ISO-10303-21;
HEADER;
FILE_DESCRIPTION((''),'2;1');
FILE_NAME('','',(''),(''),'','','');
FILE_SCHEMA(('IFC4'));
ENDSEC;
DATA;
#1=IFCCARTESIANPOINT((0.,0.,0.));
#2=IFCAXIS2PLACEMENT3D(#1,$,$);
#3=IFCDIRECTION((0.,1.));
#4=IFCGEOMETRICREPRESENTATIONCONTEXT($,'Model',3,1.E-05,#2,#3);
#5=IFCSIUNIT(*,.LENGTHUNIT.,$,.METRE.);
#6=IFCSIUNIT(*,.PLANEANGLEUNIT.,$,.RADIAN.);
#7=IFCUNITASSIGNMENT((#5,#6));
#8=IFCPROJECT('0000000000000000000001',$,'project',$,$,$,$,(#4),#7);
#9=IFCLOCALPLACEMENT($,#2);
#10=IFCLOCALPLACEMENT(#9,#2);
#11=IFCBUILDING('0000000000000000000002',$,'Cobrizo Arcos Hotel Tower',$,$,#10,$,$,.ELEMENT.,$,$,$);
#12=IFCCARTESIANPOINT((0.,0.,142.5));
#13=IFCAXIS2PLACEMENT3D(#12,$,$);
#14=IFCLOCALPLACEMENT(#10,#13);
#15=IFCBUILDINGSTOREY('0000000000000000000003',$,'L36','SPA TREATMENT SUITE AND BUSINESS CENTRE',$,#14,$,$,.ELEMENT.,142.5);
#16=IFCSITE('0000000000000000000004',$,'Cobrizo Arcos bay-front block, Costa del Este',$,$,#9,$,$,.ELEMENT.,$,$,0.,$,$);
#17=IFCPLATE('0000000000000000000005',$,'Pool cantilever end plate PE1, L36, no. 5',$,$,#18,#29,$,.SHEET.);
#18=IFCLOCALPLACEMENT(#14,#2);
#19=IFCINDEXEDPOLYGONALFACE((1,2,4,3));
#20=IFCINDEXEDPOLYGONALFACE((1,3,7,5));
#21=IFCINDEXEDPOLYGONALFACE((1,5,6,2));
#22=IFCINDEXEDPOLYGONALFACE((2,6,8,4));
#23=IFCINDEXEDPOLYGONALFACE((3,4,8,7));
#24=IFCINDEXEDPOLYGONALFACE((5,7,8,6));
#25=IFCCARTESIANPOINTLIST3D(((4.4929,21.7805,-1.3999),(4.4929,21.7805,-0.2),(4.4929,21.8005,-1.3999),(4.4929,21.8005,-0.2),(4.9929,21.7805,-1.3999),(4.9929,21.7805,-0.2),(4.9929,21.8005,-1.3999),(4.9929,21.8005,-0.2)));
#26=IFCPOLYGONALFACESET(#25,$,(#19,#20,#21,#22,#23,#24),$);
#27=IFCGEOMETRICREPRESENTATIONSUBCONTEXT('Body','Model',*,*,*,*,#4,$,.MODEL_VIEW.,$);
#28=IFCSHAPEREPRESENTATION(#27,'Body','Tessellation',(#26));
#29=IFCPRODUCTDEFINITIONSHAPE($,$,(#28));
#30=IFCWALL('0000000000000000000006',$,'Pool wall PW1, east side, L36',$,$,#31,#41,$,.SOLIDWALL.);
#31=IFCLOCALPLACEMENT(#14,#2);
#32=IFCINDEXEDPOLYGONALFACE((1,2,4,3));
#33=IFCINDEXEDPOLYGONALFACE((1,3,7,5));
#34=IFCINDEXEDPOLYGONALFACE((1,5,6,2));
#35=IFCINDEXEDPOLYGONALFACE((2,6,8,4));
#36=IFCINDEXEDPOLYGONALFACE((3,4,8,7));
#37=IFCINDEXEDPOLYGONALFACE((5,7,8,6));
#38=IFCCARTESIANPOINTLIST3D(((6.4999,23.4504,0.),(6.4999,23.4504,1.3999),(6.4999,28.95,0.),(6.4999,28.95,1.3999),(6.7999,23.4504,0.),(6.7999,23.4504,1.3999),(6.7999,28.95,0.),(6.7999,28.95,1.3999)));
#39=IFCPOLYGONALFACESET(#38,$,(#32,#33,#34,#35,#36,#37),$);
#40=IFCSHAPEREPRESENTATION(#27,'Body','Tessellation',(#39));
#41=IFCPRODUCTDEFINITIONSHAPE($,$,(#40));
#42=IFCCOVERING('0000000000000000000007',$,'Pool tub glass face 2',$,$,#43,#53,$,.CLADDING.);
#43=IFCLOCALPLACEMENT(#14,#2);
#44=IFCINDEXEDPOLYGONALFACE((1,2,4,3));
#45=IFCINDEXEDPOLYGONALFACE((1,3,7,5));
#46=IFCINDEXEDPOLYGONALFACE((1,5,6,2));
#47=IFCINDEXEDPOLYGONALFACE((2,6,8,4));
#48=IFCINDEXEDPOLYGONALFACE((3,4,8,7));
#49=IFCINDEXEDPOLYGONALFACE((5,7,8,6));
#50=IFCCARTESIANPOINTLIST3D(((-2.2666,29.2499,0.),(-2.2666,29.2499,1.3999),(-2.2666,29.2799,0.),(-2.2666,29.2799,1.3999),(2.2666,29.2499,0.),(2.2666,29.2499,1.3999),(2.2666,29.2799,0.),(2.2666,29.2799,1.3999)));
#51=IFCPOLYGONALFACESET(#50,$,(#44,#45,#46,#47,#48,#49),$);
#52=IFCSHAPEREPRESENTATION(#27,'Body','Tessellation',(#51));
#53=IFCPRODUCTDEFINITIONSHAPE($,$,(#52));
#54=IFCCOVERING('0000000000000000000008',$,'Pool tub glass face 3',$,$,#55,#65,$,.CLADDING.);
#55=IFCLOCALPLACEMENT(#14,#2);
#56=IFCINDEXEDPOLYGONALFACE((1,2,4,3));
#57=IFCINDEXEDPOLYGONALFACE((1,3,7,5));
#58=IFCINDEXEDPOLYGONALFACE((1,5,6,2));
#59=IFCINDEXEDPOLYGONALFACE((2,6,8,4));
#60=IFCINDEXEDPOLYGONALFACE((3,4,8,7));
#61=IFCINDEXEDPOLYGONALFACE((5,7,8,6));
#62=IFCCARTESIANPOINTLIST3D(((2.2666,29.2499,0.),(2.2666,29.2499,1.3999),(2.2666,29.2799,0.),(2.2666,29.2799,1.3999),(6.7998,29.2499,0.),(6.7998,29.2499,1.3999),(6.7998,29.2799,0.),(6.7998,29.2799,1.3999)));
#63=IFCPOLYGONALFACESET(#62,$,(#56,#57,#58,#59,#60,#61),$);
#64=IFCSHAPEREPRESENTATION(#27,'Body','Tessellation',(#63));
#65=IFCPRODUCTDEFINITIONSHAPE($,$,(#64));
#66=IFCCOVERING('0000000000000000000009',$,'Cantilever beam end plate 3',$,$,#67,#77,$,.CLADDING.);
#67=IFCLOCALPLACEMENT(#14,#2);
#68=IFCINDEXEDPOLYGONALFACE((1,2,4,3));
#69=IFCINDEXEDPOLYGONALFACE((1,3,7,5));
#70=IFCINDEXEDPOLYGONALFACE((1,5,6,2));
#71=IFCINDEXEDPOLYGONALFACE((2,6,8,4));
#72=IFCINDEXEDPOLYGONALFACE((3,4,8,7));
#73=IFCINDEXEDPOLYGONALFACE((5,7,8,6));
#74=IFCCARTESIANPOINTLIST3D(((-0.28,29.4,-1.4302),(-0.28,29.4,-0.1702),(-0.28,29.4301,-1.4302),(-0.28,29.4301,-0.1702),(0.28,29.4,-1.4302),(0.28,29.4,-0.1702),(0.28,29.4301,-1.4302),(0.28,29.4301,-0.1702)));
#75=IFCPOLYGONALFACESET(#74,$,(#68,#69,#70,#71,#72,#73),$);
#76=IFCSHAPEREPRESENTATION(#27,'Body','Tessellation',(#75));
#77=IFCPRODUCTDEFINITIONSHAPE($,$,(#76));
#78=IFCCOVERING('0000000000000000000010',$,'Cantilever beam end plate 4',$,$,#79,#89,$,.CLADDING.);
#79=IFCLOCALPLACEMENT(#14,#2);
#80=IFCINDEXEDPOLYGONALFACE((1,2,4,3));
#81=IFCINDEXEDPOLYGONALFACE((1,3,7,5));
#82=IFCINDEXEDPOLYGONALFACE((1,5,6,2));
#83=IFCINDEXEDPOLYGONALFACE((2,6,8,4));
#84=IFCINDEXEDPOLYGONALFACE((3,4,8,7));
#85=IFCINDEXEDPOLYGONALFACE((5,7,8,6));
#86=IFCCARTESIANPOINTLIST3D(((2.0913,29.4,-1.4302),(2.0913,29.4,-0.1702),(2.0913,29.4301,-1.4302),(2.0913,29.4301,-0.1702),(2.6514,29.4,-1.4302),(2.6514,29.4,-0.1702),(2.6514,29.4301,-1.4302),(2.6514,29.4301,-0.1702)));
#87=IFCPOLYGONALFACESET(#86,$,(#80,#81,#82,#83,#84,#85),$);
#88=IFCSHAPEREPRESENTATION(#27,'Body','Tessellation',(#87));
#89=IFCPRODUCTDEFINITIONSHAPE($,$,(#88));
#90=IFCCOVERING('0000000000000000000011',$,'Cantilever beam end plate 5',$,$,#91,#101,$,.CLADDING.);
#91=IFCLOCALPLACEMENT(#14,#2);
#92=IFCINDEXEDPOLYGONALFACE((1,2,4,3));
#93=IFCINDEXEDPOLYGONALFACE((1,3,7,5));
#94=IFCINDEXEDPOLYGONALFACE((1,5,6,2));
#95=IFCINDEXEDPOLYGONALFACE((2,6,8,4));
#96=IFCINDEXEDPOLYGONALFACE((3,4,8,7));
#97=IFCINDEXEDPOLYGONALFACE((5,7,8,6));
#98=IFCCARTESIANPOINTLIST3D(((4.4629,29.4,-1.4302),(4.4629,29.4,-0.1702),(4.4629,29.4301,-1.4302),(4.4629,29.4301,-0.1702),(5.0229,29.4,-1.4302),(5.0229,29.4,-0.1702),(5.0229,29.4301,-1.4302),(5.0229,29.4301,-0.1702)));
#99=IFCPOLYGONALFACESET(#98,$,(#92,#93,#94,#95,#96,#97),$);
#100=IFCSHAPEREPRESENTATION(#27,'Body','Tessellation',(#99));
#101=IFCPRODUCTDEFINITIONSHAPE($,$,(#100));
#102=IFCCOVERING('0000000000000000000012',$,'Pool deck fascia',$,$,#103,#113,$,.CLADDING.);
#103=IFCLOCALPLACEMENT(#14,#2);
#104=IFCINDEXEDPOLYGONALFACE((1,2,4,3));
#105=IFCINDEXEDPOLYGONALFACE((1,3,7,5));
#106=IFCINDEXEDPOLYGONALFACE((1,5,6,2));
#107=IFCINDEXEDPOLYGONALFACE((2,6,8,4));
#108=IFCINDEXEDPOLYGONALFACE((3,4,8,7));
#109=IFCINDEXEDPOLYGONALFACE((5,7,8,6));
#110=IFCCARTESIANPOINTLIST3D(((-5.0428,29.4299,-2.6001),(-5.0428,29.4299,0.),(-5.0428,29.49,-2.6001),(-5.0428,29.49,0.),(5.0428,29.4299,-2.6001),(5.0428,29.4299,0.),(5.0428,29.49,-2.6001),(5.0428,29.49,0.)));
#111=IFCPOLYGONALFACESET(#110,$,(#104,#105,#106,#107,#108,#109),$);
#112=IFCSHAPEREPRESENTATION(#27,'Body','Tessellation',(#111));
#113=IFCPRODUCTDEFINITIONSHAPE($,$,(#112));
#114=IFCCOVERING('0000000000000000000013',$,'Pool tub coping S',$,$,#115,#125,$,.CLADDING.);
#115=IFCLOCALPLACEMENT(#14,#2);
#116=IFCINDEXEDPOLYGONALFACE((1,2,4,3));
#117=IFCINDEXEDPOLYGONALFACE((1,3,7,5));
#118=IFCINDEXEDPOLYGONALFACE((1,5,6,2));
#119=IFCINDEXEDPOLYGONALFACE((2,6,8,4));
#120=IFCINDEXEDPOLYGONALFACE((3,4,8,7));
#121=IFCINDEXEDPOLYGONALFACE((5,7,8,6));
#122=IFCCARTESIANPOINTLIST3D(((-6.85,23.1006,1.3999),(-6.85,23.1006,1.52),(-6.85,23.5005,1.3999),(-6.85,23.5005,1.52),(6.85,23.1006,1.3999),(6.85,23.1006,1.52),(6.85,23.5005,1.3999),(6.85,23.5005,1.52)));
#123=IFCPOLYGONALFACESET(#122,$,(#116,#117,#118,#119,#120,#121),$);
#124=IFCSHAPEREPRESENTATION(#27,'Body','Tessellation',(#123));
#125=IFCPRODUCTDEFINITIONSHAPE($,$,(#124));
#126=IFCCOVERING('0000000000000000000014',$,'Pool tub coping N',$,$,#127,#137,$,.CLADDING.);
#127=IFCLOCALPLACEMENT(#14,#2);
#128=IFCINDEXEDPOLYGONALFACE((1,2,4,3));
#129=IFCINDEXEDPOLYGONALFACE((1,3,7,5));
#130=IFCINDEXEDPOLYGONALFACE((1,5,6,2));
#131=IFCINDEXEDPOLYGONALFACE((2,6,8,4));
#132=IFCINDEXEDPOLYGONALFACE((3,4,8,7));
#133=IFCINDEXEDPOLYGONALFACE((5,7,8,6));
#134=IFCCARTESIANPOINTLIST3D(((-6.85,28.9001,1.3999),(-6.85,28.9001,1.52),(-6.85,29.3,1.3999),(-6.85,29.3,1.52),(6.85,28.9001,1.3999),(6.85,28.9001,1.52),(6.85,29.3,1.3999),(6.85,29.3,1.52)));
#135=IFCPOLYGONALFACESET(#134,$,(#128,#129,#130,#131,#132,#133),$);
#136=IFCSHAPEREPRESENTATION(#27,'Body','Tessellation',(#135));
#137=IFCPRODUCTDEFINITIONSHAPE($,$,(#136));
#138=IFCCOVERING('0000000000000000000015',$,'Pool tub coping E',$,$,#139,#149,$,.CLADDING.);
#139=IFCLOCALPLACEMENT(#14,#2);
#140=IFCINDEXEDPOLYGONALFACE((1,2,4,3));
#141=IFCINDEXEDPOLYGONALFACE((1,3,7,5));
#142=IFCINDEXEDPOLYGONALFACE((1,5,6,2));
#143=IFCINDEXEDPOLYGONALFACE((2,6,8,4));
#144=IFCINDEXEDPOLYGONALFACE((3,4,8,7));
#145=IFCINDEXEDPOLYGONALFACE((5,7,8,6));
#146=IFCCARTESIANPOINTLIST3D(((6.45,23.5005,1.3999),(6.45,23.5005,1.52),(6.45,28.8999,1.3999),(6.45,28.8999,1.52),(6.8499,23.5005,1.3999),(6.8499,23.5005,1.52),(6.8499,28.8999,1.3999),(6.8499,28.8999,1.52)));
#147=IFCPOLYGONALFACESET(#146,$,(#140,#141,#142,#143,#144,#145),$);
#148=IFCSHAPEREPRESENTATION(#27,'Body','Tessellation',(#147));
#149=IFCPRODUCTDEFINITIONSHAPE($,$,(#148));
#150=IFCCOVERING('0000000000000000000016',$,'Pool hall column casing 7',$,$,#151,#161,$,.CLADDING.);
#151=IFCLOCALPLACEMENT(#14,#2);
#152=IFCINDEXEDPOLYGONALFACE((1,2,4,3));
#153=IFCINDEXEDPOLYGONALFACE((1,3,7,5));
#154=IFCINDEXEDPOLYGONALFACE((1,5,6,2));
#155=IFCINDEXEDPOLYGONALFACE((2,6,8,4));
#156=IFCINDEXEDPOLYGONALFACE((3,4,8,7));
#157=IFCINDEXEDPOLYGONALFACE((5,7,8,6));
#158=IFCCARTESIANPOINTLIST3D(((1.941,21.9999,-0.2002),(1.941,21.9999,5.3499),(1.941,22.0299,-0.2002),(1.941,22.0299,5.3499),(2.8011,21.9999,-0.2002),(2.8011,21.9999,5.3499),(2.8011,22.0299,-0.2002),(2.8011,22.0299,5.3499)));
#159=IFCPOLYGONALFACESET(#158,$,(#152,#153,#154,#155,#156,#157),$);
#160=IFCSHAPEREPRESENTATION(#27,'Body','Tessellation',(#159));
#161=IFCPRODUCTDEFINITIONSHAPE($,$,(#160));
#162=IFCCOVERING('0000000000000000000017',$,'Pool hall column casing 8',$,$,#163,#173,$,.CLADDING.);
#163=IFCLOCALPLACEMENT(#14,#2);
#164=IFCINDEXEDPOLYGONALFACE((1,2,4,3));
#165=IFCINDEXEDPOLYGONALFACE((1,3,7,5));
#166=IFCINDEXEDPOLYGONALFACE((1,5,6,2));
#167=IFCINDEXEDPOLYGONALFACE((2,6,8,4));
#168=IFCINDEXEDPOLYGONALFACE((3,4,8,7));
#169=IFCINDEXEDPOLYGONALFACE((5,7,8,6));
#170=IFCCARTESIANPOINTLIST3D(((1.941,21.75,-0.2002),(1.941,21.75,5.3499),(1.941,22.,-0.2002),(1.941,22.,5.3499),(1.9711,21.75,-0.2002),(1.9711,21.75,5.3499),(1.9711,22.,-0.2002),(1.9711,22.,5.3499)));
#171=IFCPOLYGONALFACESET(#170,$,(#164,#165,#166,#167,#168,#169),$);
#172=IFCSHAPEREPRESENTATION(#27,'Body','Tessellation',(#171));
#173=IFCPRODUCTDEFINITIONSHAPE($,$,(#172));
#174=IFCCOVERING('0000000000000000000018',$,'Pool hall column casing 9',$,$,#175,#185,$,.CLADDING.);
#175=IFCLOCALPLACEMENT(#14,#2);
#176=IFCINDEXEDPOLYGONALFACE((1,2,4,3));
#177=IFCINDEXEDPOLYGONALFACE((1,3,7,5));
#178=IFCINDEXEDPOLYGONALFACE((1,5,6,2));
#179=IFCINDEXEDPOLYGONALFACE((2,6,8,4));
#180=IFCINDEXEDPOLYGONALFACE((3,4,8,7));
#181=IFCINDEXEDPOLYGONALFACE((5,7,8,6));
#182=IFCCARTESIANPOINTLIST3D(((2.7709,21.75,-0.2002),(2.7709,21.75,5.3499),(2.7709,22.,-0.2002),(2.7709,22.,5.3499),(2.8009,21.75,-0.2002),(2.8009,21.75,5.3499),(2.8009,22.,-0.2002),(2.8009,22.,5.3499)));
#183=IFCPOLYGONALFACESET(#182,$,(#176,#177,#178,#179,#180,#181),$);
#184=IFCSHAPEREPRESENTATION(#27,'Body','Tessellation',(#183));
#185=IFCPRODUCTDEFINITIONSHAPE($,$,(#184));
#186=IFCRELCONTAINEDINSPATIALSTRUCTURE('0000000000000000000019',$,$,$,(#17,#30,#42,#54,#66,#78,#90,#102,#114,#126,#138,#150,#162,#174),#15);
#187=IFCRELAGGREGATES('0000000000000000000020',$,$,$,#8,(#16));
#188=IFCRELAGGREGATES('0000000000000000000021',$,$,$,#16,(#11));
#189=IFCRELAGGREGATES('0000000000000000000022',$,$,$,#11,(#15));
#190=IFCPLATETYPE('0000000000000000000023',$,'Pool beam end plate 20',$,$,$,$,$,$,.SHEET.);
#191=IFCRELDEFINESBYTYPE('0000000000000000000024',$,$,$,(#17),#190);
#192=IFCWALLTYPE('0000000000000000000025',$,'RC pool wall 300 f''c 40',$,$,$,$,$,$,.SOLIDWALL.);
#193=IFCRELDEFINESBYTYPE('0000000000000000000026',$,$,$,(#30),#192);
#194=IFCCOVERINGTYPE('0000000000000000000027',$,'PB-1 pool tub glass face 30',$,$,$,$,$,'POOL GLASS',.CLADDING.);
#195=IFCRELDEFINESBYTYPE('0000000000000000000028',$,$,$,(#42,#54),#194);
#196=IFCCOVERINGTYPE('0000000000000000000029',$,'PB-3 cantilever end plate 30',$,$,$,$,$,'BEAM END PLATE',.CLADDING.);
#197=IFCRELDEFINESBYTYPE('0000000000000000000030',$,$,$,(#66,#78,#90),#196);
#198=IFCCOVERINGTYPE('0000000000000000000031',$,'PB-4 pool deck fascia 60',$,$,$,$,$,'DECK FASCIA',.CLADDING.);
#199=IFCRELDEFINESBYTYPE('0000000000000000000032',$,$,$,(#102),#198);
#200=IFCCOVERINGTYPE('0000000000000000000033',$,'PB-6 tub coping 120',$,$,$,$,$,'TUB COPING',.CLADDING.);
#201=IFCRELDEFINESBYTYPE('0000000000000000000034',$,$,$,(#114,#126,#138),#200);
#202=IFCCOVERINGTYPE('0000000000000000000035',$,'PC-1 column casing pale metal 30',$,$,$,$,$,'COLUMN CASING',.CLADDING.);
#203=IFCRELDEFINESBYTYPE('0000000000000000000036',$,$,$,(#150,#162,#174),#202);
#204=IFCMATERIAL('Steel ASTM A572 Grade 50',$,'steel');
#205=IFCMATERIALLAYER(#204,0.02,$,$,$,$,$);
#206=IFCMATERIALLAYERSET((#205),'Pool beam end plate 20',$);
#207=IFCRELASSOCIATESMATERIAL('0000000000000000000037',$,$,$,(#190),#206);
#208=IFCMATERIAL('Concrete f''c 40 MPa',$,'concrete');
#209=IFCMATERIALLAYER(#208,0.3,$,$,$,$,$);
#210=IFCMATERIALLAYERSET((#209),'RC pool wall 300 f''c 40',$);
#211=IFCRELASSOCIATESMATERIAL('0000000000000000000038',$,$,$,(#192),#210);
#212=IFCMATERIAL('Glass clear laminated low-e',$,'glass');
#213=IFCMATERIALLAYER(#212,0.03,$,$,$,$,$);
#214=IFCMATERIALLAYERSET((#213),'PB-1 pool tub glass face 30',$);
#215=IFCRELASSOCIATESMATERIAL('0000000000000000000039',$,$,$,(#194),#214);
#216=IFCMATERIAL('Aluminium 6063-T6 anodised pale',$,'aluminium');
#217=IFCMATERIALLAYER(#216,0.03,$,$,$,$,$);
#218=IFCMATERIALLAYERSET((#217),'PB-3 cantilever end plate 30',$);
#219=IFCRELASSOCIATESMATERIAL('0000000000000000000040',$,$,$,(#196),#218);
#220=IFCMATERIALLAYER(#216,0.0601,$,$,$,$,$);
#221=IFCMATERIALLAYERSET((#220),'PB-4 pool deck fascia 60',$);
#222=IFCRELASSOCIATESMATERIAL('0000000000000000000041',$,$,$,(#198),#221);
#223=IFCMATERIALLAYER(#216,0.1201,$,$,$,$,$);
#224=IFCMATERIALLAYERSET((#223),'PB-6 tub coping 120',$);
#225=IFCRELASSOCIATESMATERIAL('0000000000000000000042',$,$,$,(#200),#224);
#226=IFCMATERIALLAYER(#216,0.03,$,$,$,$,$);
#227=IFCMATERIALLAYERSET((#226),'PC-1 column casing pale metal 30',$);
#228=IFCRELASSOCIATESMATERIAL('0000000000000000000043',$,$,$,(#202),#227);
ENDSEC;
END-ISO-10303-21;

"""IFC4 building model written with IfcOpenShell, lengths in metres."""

from ifc_helpers import new_model, si_unit, direction, frame, frame_2d, origin, origin_2d, place, context, subcontext, project, spatial, rectangle, extrude, material, layer, layer_set, type_object, element, save


model = new_model("IFC4")

# Units and contexts
model_context = context("Model", 3, precision=1e-05, world=origin(), true_north=direction((0.0, 1.0)))
body_context = subcontext(model_context, "Body", "Model", "MODEL_VIEW")
ifc_project = project(units=[si_unit("LENGTHUNIT", "METRE"), si_unit("PLANEANGLEUNIT", "RADIAN")], contexts=[model_context])

# Site, building, storey
site_placement = place(None, origin())
site = spatial("IfcSite", under=ifc_project, at=site_placement, Name="Cobrizo Arcos bay-front block, Costa del Este", CompositionType="ELEMENT", RefElevation=0.0)
building_placement = place(site_placement, origin())
building = spatial("IfcBuilding", under=site, at=building_placement, Name="Cobrizo Arcos Hotel Tower", CompositionType="ELEMENT")
storey_placement = place(building_placement, frame((0.0, 0.0, 142.5)))
storey = spatial("IfcBuildingStorey", under=building, at=storey_placement, Name="L36", Description="SPA TREATMENT SUITE AND BUSINESS CENTRE", CompositionType="ELEMENT", Elevation=142.5)

# Shared definitions
ifc_material_1 = material(Name="Steel ASTM A572 Grade 50", Category="steel")

# Plate
ifc_material_2 = material(Name="Glass clear laminated low-e", Category="glass")
ifc_layer_1 = layer(ifc_material_1, 0.02)
ifc_layer_set_1 = layer_set([ifc_layer_1], Name="Pool beam end plate 20")
plate_type_1 = type_object("IfcPlateType", Name="Pool beam end plate 20", PredefinedType="SHEET", material=ifc_layer_set_1)
for number, where, z_axis, x_axis, name in (
    (1, (4.7429, 21.7905, -1.3999), (0.0, 0.0, 1.0), (1.0, 0.0, 0.0), "Pool cantilever end plate PE1, L36, no. 5"),
):
    element("IfcPlate", number, at=place(storey_placement, frame(where, z_axis=z_axis, x_axis=x_axis)), inside=storey, type_object=plate_type_1, Name=name, PredefinedType="SHEET", context=body_context, shape_type="SweptSolid", body=[
        extrude(rectangle(XDim=0.5, YDim=0.02, at=origin_2d()), origin(), (0.0, 0.0, 1.0), 1.2),
    ])

# Wall
ifc_material_3 = material(Name="Concrete f'c 40 MPa", Category="concrete")
ifc_layer_2 = layer(ifc_material_3, 0.3)
ifc_layer_set_2 = layer_set([ifc_layer_2], Name="RC pool wall 300 f'c 40")
wall_type_1 = type_object("IfcWallType", Name="RC pool wall 300 f'c 40", PredefinedType="SOLIDWALL", material=ifc_layer_set_2)
wall_1_placement = place(storey_placement, frame((6.6499, 23.4504, 0.0), z_axis=(0.0, 0.0, 1.0), x_axis=(0.0, 1.0, 0.0)))
element("IfcWall", 2, at=wall_1_placement, inside=storey, type_object=wall_type_1, Name="Pool wall PW1, east side, L36", PredefinedType="SOLIDWALL", context=body_context, shape_type="SweptSolid", body=[
    extrude(rectangle(XDim=5.4995, YDim=0.3, at=frame_2d((2.7498, 0.0))), origin(), (0.0, 0.0, 1.0), 1.3999),
])

# Coverings
ifc_layer_3 = layer(ifc_material_2, 0.03)
ifc_layer_set_3 = layer_set([ifc_layer_3], Name="PB-1 pool tub glass face 30")
covering_type_1 = type_object("IfcCoveringType", Name="PB-1 pool tub glass face 30", ElementType="POOL GLASS", PredefinedType="CLADDING", material=ifc_layer_set_3)
for number, where, z_axis, x_axis, name in (
    (3, (0.0, 29.2649, 0.0), (0.0, 0.0, 1.0), (1.0, 0.0, 0.0), "Pool tub glass face 2"),
    (4, (4.5332, 29.2649, 0.0), (0.0, 0.0, 1.0), (1.0, 0.0, 0.0), "Pool tub glass face 3"),
):
    element("IfcCovering", number, at=place(storey_placement, frame(where, z_axis=z_axis, x_axis=x_axis)), inside=storey, type_object=covering_type_1, Name=name, PredefinedType="CLADDING", context=body_context, shape_type="SweptSolid", body=[
        extrude(rectangle(XDim=4.5332, YDim=0.03, at=origin_2d()), origin(), (0.0, 0.0, 1.0), 1.3999),
    ])
ifc_material_4 = material(Name="Aluminium 6063-T6 anodised pale", Category="aluminium")
ifc_layer_4 = layer(ifc_material_4, 0.03)
ifc_layer_set_4 = layer_set([ifc_layer_4], Name="PB-3 cantilever end plate 30")
covering_type_2 = type_object("IfcCoveringType", Name="PB-3 cantilever end plate 30", ElementType="BEAM END PLATE", PredefinedType="CLADDING", material=ifc_layer_set_4)
for number, where, z_axis, x_axis, name in (
    (5, (0.0, 29.415, -1.4302), (0.0, 0.0, 1.0), (1.0, 0.0, 0.0), "Cantilever beam end plate 3"),
    (6, (2.3713, 29.415, -1.4302), (0.0, 0.0, 1.0), (1.0, 0.0, 0.0), "Cantilever beam end plate 4"),
    (7, (4.7429, 29.415, -1.4302), (0.0, 0.0, 1.0), (1.0, 0.0, 0.0), "Cantilever beam end plate 5"),
):
    element("IfcCovering", number, at=place(storey_placement, frame(where, z_axis=z_axis, x_axis=x_axis)), inside=storey, type_object=covering_type_2, Name=name, PredefinedType="CLADDING", context=body_context, shape_type="SweptSolid", body=[
        extrude(rectangle(XDim=0.5601, YDim=0.03, at=origin_2d()), origin(), (0.0, 0.0, 1.0), 1.26),
    ])
ifc_layer_5 = layer(ifc_material_4, 0.0601)
ifc_layer_set_5 = layer_set([ifc_layer_5], Name="PB-4 pool deck fascia 60")
covering_type_3 = type_object("IfcCoveringType", Name="PB-4 pool deck fascia 60", ElementType="DECK FASCIA", PredefinedType="CLADDING", material=ifc_layer_set_5)
covering_1_placement = place(storey_placement, frame((0.0, 29.46, -2.6001), z_axis=(0.0, 0.0, 1.0), x_axis=(1.0, 0.0, 0.0)))
element("IfcCovering", 8, at=covering_1_placement, inside=storey, type_object=covering_type_3, Name="Pool deck fascia", PredefinedType="CLADDING", context=body_context, shape_type="SweptSolid", body=[
    extrude(rectangle(XDim=10.0857, YDim=0.0601, at=origin_2d()), origin(), (0.0, 0.0, 1.0), 2.6001),
])
ifc_layer_6 = layer(ifc_material_4, 0.1201)
ifc_layer_set_6 = layer_set([ifc_layer_6], Name="PB-6 tub coping 120")
covering_type_4 = type_object("IfcCoveringType", Name="PB-6 tub coping 120", ElementType="TUB COPING", PredefinedType="CLADDING", material=ifc_layer_set_6)
for number, where, z_axis, x_axis, name in (
    (9, (0.0, 23.3005, 1.3999), (0.0, 0.0, 1.0), (1.0, 0.0, 0.0), "Pool tub coping S"),
    (10, (0.0, 29.1001, 1.3999), (0.0, 0.0, 1.0), (1.0, 0.0, 0.0), "Pool tub coping N"),
):
    element("IfcCovering", number, at=place(storey_placement, frame(where, z_axis=z_axis, x_axis=x_axis)), inside=storey, type_object=covering_type_4, Name=name, PredefinedType="CLADDING", context=body_context, shape_type="SweptSolid", body=[
        extrude(rectangle(XDim=13.7, YDim=0.3999, at=origin_2d()), origin(), (0.0, 0.0, 1.0), 0.1201),
    ])
covering_2_placement = place(storey_placement, frame((6.6499, 26.2002, 1.3999), z_axis=(0.0, 0.0, 1.0), x_axis=(1.0, 0.0, 0.0)))
element("IfcCovering", 11, at=covering_2_placement, inside=storey, type_object=covering_type_4, Name="Pool tub coping E", PredefinedType="CLADDING", context=body_context, shape_type="SweptSolid", body=[
    extrude(rectangle(XDim=0.3999, YDim=5.3994, at=origin_2d()), origin(), (0.0, 0.0, 1.0), 0.1201),
])
ifc_layer_7 = layer(ifc_material_4, 0.03)
ifc_layer_set_7 = layer_set([ifc_layer_7], Name="PC-1 column casing pale metal 30")
covering_type_5 = type_object("IfcCoveringType", Name="PC-1 column casing pale metal 30", ElementType="COLUMN CASING", PredefinedType="CLADDING", material=ifc_layer_set_7)
covering_3_placement = place(storey_placement, frame((2.3711, 22.0149, -0.2002), z_axis=(0.0, 0.0, 1.0), x_axis=(1.0, 0.0, 0.0)))
element("IfcCovering", 12, at=covering_3_placement, inside=storey, type_object=covering_type_5, Name="Pool hall column casing 7", PredefinedType="CLADDING", context=body_context, shape_type="SweptSolid", body=[
    extrude(rectangle(XDim=0.8601, YDim=0.03, at=origin_2d()), origin(), (0.0, 0.0, 1.0), 5.55),
])
for number, where, z_axis, x_axis, name in (
    (13, (1.9561, 21.875, -0.2002), (0.0, 0.0, 1.0), (1.0, 0.0, 0.0), "Pool hall column casing 8"),
    (14, (2.7859, 21.875, -0.2002), (0.0, 0.0, 1.0), (1.0, 0.0, 0.0), "Pool hall column casing 9"),
):
    element("IfcCovering", number, at=place(storey_placement, frame(where, z_axis=z_axis, x_axis=x_axis)), inside=storey, type_object=covering_type_5, Name=name, PredefinedType="CLADDING", context=body_context, shape_type="SweptSolid", body=[
        extrude(rectangle(XDim=0.03, YDim=0.25, at=origin_2d()), origin(), (0.0, 0.0, 1.0), 5.55),
    ])

save(model, "model.ifc")
